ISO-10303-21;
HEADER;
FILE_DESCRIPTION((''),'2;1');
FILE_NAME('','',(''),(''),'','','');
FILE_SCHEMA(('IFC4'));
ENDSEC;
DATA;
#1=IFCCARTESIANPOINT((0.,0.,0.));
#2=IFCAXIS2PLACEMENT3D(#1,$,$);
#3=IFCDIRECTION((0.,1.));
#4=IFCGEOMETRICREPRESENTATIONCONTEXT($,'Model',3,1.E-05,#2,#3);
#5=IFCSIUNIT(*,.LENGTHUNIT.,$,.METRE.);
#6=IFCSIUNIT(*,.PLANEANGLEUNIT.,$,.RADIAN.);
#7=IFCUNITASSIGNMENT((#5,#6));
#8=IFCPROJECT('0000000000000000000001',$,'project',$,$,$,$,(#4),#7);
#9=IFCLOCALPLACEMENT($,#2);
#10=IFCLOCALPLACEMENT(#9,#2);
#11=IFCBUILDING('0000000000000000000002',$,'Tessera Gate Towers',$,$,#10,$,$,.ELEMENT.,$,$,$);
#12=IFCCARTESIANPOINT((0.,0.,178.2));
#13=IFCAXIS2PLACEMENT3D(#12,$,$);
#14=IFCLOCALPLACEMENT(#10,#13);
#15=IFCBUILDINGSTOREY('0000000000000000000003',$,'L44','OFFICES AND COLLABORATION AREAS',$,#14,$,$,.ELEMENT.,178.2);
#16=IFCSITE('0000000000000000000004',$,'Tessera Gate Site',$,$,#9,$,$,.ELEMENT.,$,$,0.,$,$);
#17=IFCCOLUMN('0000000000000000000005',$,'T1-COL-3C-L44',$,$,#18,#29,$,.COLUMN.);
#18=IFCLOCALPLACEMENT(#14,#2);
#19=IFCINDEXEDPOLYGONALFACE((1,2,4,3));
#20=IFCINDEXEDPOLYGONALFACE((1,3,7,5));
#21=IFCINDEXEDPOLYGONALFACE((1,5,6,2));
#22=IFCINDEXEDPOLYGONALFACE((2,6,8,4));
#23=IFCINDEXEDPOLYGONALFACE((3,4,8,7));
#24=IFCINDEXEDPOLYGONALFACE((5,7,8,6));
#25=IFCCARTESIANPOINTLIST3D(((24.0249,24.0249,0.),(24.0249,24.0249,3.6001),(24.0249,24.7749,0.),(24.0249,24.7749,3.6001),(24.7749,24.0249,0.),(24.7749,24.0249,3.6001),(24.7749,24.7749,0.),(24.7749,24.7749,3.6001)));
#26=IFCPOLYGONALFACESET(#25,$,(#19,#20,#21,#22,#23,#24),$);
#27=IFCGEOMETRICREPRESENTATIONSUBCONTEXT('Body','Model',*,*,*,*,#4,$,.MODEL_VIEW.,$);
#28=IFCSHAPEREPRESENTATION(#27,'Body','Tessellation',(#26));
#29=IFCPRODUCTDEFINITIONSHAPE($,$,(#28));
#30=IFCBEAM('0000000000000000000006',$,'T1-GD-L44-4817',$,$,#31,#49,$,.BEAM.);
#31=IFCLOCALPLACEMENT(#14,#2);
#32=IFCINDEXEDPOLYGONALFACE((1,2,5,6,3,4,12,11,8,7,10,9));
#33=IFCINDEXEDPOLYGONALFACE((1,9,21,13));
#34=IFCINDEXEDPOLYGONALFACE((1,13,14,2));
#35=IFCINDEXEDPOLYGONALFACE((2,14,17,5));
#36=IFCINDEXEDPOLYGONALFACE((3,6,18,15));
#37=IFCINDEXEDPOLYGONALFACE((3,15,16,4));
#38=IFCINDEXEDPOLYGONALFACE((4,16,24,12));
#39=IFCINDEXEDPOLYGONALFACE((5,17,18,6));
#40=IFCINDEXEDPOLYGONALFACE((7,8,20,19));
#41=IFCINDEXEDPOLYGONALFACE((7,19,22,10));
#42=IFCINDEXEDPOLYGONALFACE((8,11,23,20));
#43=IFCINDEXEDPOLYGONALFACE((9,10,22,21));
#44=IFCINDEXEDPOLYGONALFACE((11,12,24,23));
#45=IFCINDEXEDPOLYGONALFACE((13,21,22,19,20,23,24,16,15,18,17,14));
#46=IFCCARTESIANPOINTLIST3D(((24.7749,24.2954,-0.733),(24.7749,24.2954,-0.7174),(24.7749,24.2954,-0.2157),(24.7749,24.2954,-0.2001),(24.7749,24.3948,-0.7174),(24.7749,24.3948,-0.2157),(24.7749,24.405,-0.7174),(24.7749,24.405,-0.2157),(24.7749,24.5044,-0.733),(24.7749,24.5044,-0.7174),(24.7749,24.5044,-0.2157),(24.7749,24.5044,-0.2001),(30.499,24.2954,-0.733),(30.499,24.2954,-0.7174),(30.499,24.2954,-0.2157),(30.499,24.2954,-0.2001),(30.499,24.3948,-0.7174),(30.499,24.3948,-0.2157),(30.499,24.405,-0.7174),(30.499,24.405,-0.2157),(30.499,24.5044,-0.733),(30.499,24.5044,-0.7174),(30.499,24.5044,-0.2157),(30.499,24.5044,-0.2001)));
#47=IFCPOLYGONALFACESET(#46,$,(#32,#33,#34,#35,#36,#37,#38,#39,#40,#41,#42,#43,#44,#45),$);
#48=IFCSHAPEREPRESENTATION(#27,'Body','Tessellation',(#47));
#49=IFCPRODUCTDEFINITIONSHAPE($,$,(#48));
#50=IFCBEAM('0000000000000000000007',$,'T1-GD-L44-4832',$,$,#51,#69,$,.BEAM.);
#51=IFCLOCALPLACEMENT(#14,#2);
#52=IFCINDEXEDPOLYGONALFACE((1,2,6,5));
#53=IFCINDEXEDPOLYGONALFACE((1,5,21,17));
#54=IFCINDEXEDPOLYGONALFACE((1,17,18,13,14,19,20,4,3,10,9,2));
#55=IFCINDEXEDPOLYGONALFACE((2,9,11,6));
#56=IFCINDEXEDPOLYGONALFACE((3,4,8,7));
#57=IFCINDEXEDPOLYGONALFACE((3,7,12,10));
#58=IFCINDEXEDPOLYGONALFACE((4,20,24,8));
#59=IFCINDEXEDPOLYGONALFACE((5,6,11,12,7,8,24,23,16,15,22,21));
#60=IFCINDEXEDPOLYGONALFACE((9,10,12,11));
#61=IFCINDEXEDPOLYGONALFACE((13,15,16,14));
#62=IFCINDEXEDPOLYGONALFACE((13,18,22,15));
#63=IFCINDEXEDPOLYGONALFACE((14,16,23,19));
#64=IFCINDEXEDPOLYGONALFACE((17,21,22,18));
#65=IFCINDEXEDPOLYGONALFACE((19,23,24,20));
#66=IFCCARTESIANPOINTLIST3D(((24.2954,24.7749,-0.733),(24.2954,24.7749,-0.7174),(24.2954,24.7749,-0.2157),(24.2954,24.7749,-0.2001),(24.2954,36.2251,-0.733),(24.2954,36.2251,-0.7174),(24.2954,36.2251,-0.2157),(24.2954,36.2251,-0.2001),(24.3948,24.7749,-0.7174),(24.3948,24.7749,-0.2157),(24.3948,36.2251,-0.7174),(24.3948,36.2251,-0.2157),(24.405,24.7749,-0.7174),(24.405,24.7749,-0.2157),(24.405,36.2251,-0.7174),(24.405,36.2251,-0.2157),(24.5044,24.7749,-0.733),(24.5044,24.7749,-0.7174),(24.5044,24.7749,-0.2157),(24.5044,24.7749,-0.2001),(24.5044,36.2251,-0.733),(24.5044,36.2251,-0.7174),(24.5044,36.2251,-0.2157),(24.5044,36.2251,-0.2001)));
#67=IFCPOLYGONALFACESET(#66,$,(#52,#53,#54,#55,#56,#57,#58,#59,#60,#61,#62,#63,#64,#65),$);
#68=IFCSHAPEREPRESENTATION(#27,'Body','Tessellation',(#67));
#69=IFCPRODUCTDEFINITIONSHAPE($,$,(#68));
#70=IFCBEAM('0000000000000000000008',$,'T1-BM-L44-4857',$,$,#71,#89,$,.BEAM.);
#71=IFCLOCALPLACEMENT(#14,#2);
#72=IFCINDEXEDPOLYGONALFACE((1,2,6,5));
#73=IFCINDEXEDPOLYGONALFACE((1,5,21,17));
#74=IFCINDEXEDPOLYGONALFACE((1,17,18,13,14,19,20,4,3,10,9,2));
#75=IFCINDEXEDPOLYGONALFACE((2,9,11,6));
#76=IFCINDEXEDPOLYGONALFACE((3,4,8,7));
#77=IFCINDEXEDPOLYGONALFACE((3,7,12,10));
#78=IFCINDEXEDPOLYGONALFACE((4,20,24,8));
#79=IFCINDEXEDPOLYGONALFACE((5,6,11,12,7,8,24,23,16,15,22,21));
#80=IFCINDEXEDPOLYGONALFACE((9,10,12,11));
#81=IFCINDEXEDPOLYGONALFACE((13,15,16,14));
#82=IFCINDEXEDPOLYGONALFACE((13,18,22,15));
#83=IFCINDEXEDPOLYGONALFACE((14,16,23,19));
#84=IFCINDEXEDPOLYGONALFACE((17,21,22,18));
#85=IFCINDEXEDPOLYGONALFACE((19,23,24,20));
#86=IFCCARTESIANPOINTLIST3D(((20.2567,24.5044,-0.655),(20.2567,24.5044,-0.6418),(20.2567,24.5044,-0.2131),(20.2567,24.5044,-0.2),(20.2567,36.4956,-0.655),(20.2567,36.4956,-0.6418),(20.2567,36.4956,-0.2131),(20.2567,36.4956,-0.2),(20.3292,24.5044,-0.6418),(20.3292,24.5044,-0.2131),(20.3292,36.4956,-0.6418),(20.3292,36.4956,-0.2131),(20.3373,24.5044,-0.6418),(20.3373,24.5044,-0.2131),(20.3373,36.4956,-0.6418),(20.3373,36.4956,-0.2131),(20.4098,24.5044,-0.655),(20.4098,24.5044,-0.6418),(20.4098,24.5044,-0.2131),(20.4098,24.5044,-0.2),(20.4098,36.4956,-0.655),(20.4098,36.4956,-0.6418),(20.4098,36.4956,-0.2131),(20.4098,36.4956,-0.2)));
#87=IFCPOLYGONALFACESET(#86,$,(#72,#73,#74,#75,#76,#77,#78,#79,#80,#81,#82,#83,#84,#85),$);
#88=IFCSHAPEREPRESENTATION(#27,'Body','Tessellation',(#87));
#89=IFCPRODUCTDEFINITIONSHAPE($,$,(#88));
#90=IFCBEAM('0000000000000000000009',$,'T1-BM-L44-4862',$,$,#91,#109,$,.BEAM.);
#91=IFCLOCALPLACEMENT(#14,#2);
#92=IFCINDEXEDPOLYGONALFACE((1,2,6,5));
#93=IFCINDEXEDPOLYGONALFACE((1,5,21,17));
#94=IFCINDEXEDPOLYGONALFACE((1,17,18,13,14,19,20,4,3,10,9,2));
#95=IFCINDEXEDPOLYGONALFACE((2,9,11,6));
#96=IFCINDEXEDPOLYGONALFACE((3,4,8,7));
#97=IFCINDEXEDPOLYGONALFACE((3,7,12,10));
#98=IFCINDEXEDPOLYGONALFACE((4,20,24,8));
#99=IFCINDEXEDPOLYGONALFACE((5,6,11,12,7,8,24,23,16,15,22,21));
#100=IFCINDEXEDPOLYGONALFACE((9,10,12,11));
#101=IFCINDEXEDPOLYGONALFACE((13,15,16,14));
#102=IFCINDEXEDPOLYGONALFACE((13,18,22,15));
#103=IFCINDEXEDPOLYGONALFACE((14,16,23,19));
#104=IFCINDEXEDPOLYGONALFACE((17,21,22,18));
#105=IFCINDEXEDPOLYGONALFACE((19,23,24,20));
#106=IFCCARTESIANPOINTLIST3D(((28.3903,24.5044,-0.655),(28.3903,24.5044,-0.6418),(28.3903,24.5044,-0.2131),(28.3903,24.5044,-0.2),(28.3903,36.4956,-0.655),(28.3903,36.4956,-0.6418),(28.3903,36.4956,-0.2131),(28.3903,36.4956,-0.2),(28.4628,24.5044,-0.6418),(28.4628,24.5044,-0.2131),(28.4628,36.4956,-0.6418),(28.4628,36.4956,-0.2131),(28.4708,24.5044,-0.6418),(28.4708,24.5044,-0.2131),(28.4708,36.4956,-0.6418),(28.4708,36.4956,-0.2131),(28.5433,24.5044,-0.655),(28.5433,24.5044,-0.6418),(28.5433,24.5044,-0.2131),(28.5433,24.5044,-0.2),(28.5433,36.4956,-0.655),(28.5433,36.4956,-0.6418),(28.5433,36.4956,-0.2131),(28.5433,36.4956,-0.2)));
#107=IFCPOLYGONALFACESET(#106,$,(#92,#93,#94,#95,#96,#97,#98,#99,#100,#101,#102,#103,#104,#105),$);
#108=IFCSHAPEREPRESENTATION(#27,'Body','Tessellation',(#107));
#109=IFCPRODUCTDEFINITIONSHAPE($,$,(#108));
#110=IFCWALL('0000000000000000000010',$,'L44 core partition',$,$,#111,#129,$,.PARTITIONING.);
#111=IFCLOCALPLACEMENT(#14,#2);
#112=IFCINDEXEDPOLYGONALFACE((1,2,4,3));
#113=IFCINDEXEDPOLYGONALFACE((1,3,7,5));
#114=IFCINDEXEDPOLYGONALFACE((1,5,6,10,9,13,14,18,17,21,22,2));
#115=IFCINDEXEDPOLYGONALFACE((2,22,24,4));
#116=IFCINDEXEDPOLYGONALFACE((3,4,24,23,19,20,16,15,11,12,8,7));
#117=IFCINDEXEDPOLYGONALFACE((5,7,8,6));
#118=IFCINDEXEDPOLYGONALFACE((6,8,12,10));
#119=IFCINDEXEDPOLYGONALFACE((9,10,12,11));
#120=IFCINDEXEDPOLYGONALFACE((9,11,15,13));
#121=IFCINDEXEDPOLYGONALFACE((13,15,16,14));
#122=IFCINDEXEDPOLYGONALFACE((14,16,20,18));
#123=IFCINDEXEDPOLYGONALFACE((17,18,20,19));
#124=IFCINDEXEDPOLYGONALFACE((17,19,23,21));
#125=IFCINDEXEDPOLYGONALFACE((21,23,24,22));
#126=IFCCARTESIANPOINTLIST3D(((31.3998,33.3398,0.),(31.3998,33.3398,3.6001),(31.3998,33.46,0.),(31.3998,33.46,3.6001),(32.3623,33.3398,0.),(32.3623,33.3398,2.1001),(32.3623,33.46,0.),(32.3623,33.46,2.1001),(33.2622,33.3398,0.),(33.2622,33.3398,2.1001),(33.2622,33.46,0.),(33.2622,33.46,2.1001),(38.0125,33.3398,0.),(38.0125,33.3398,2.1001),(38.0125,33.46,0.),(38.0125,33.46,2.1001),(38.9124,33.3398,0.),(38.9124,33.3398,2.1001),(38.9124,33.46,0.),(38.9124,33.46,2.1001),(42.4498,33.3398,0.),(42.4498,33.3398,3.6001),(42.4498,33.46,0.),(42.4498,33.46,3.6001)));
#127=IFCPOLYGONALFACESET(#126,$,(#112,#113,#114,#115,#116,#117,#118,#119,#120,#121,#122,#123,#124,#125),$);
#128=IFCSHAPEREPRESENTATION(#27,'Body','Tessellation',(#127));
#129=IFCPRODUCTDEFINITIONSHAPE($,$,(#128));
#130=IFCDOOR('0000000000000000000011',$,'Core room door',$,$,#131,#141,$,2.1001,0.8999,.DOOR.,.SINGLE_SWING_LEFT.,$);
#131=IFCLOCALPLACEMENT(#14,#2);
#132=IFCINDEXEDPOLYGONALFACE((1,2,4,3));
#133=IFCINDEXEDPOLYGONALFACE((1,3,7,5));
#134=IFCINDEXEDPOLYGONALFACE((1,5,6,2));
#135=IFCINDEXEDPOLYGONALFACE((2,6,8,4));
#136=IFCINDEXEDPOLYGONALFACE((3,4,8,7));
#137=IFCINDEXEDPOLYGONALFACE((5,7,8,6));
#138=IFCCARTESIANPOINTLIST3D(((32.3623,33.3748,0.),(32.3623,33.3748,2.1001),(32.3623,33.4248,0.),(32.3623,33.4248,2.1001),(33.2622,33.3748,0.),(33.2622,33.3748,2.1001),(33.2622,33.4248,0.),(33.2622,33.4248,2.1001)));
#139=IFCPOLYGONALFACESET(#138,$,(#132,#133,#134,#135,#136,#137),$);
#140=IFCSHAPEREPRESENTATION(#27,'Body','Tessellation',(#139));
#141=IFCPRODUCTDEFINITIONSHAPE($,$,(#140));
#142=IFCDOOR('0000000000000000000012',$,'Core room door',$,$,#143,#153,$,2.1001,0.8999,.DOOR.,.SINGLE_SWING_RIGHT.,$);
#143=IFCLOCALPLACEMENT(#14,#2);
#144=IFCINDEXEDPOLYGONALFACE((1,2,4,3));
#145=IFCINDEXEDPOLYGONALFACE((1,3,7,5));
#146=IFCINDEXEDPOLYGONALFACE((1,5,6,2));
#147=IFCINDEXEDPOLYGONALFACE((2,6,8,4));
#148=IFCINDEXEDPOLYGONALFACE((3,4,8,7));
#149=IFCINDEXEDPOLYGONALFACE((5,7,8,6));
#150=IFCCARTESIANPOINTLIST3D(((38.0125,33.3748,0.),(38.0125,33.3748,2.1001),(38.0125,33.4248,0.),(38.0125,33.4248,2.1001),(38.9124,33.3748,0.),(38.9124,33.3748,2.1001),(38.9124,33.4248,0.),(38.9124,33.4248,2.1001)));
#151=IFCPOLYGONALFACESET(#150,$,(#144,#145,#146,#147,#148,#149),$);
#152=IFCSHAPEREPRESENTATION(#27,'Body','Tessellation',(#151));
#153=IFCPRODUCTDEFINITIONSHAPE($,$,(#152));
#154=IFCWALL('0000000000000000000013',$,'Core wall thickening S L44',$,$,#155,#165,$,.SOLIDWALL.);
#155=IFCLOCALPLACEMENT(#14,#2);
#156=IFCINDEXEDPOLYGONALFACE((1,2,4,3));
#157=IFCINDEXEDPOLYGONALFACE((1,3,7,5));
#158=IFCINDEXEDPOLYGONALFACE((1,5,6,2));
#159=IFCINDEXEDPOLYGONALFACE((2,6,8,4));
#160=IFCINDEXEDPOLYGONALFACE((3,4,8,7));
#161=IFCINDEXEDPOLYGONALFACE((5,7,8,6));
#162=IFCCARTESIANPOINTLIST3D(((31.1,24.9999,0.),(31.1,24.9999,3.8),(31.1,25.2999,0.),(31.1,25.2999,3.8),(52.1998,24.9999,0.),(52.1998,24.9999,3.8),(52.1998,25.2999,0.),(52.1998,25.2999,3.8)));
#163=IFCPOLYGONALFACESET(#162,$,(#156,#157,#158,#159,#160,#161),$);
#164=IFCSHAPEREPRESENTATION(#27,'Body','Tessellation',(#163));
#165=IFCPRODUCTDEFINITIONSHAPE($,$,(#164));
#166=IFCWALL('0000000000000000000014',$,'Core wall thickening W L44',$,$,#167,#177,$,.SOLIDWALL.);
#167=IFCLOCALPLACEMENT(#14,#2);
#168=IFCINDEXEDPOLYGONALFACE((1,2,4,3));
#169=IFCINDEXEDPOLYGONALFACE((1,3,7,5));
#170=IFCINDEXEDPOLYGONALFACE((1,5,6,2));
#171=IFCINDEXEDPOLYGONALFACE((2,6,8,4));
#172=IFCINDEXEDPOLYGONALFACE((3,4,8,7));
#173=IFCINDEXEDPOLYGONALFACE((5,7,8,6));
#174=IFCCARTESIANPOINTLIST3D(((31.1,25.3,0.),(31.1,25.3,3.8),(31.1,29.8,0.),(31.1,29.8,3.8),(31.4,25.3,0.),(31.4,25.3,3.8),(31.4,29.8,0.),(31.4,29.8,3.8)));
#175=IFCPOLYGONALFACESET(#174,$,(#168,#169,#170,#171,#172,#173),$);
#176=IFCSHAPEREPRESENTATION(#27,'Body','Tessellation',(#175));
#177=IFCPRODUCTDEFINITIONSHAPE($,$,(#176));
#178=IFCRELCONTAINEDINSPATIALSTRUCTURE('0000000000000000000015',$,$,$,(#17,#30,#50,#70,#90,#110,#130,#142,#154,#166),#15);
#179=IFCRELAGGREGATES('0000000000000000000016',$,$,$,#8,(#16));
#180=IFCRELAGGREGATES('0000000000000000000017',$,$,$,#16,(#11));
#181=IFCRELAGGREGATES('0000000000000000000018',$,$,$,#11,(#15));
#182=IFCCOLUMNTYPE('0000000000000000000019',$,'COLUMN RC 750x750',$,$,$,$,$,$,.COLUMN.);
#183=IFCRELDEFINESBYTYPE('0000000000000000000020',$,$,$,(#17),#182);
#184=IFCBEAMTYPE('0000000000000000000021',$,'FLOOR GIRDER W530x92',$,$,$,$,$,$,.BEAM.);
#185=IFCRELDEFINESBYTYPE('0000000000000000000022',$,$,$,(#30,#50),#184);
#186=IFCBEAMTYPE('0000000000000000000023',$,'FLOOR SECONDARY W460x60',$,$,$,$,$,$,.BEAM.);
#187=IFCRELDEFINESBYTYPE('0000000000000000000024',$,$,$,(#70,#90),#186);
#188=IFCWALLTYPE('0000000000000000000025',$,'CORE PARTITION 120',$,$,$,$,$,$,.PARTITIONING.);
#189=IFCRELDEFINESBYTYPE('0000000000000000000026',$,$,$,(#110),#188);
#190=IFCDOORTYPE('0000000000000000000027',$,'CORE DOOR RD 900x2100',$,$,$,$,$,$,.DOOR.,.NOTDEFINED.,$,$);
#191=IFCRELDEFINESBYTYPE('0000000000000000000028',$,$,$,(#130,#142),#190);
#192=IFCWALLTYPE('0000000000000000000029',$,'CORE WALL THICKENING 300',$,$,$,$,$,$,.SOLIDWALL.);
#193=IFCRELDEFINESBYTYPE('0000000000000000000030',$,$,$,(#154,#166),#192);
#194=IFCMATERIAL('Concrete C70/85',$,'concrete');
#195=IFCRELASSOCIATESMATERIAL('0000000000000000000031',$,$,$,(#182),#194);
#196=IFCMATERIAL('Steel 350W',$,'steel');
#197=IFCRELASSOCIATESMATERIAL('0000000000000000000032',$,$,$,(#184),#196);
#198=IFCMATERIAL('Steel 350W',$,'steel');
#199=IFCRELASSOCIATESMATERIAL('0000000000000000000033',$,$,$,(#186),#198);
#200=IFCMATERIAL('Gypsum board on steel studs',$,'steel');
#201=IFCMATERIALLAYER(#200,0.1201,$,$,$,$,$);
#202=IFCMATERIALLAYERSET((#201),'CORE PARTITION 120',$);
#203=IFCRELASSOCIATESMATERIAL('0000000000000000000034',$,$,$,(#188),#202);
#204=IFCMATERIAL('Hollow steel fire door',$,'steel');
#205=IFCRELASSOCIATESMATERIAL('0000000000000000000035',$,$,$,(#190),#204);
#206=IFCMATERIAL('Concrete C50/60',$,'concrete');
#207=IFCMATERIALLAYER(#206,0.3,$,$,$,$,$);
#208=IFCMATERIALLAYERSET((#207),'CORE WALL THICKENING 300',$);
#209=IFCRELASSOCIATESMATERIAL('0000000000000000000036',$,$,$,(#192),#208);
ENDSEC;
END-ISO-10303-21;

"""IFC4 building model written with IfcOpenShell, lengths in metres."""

from ifc_helpers import new_model, si_unit, direction, frame, frame_2d, origin, origin_2d, place, context, subcontext, project, spatial, rectangle, i_section, extrude, source, transform, mapped, material, layer, layer_set, material_profile, profile_set, type_object, element, fill, save


model = new_model("IFC4")

# Units and contexts
model_context = context("Model", 3, precision=1e-05, world=origin(), true_north=direction((0.0, 1.0)))
body_context = subcontext(model_context, "Body", "Model", "MODEL_VIEW")
ifc_project = project(units=[si_unit("LENGTHUNIT", "METRE"), si_unit("PLANEANGLEUNIT", "RADIAN")], contexts=[model_context])

# Site, building, storey
site_placement = place(None, origin())
site = spatial("IfcSite", under=ifc_project, at=site_placement, Name="Tessera Gate Site", CompositionType="ELEMENT", RefElevation=0.0)
building_placement = place(site_placement, origin())
building = spatial("IfcBuilding", under=site, at=building_placement, Name="Tessera Gate Towers", CompositionType="ELEMENT")
storey_placement = place(building_placement, frame((0.0, 0.0, 178.2)))
storey = spatial("IfcBuildingStorey", under=building, at=storey_placement, Name="L44", Description="OFFICES AND COLLABORATION AREAS", CompositionType="ELEMENT", Elevation=178.2)

# Column
ifc_material_1 = material(Name="Concrete C70/85", Category="concrete")
ifc_material_profile_1 = material_profile(ifc_material_1, rectangle(XDim=0.75, YDim=0.75, at=origin_2d()), Name="RC 750x750")
ifc_profile_set_1 = profile_set([ifc_material_profile_1], Name="Concrete C70/85")
column_type = type_object("IfcColumnType", Name="COLUMN RC 750x750", PredefinedType="COLUMN", material=ifc_profile_set_1)
column_placement = place(storey_placement, frame((24.3999, 24.3999, 0.0), z_axis=(0.0, 0.0, 1.0), x_axis=(1.0, 0.0, 0.0)))
element("IfcColumn", 1, at=column_placement, inside=storey, type_object=column_type, Name="T1-COL-3C-L44", PredefinedType="COLUMN", context=body_context, shape_type="SweptSolid", body=[
    extrude(rectangle(XDim=0.75, YDim=0.75, at=origin_2d()), origin(), (0.0, 0.0, 1.0), 3.6001),
])

# Beams
ifc_material_2 = material(Name="Steel 350W", Category="steel")
ifc_material_profile_2 = material_profile(ifc_material_2, i_section(OverallWidth=0.209, OverallDepth=0.533, WebThickness=0.0103, FlangeThickness=0.0156, at=origin_2d()), Name="W530x92")
ifc_profile_set_2 = profile_set([ifc_material_profile_2], Name="Steel 350W")
beam_type_1 = type_object("IfcBeamType", Name="FLOOR GIRDER W530x92", PredefinedType="BEAM", material=ifc_profile_set_2)
beam_1_placement = place(storey_placement, frame((24.7749, 24.3999, -0.4666), z_axis=(1.0, 0.0, 0.0), x_axis=(0.0, 1.0, 0.0)))
element("IfcBeam", 2, at=beam_1_placement, inside=storey, type_object=beam_type_1, Name="T1-GD-L44-4817", PredefinedType="BEAM", context=body_context, shape_type="SweptSolid", body=[
    extrude(i_section(OverallWidth=0.209, OverallDepth=0.533, WebThickness=0.0103, FlangeThickness=0.0156, at=origin_2d()), origin(), (0.0, 0.0, 1.0), 5.7241),
])
beam_2_placement = place(storey_placement, frame((24.3999, 24.7749, -0.4666), z_axis=(0.0, 1.0, 0.0), x_axis=(-1.0, 0.0, 0.0)))
element("IfcBeam", 3, at=beam_2_placement, inside=storey, type_object=beam_type_1, Name="T1-GD-L44-4832", PredefinedType="BEAM", context=body_context, shape_type="SweptSolid", body=[
    extrude(i_section(OverallWidth=0.209, OverallDepth=0.533, WebThickness=0.0103, FlangeThickness=0.0156, at=origin_2d()), origin(), (0.0, 0.0, 1.0), 11.4502),
])
ifc_material_3 = material(Name="Steel 350W", Category="steel")
ifc_material_profile_3 = material_profile(ifc_material_3, i_section(OverallWidth=0.1531, OverallDepth=0.4551, WebThickness=0.0081, FlangeThickness=0.0132, at=origin_2d()), Name="W460x60")
ifc_profile_set_3 = profile_set([ifc_material_profile_3], Name="Steel 350W")
beam_type_2 = type_object("IfcBeamType", Name="FLOOR SECONDARY W460x60", PredefinedType="BEAM", material=ifc_profile_set_3)
for number, where, z_axis, x_axis, name in (
    (4, (20.3333, 24.5044, -0.4275), (0.0, 1.0, 0.0), (-1.0, 0.0, 0.0), "T1-BM-L44-4857"),
    (5, (28.4668, 24.5044, -0.4275), (0.0, 1.0, 0.0), (-1.0, 0.0, 0.0), "T1-BM-L44-4862"),
):
    element("IfcBeam", number, at=place(storey_placement, frame(where, z_axis=z_axis, x_axis=x_axis)), inside=storey, type_object=beam_type_2, Name=name, PredefinedType="BEAM", context=body_context, shape_type="SweptSolid", body=[
        extrude(i_section(OverallWidth=0.1531, OverallDepth=0.4551, WebThickness=0.0081, FlangeThickness=0.0132, at=origin_2d()), origin(), (0.0, 0.0, 1.0), 11.9912),
    ])

# Wall, openings, doors
ifc_material_4 = material(Name="Gypsum board on steel studs", Category="steel")
ifc_layer_1 = layer(ifc_material_4, 0.1201)
ifc_layer_set_1 = layer_set([ifc_layer_1], Name="CORE PARTITION 120")
wall_type_1 = type_object("IfcWallType", Name="CORE PARTITION 120", PredefinedType="PARTITIONING", material=ifc_layer_set_1)
wall_1_placement = place(storey_placement, frame((31.3999, 33.3999, 0.0), z_axis=(0.0, 0.0, 1.0), x_axis=(1.0, 0.0, 0.0)))
wall_1 = element("IfcWall", 6, at=wall_1_placement, inside=storey, type_object=wall_type_1, Name="L44 core partition", PredefinedType="PARTITIONING", context=body_context, shape_type="SweptSolid", body=[
    extrude(rectangle(XDim=11.05, YDim=0.1201, at=frame_2d((5.5249, 0.0))), origin(), (0.0, 0.0, 1.0), 3.6001),
])
shared_shape_1 = source(origin(), body_context, "Body", "SweptSolid", [
    extrude(rectangle(XDim=0.8999, YDim=2.1001, at=frame_2d((0.45, 1.05))), frame((0.0, 0.0701, 0.0), z_axis=(0.0, -1.0, 0.0), x_axis=(1.0, 0.0, 0.0)), (0.0, 0.0, 1.0), 0.1401),
])
opening_1_placement = place(wall_1_placement, frame((0.9624, 0.0, 0.0)))
opening_1 = element("IfcOpeningElement", 7, at=opening_1_placement, cuts=wall_1, PredefinedType="OPENING", context=body_context, shape_type="MappedRepresentation", body=[
    mapped(shared_shape_1, transform((0.0, 0.0, 0.0), scale=1.0)),
])
opening_2_placement = place(wall_1_placement, frame((6.6125, 0.0, 0.0)))
opening_2 = element("IfcOpeningElement", 8, at=opening_2_placement, cuts=wall_1, PredefinedType="OPENING", context=body_context, shape_type="MappedRepresentation", body=[
    mapped(shared_shape_1, transform((0.0, 0.0, 0.0), scale=1.0)),
])
ifc_material_5 = material(Name="Hollow steel fire door", Category="steel")
door_type_1 = type_object("IfcDoorType", Name="CORE DOOR RD 900x2100", OperationType="NOTDEFINED", PredefinedType="DOOR", material=ifc_material_5)
shared_shape_2 = source(origin(), body_context, "Body", "SweptSolid", [
    extrude(rectangle(XDim=0.8999, YDim=2.1001, at=frame_2d((0.45, 1.05))), frame((0.0, 0.0249, 0.0), z_axis=(0.0, -1.0, 0.0), x_axis=(1.0, 0.0, 0.0)), (0.0, 0.0, 1.0), 0.05),
])
door_1_placement = place(opening_1_placement, origin())
door_1 = element("IfcDoor", 9, at=door_1_placement, inside=storey, type_object=door_type_1, Name="Core room door", OperationType="SINGLE_SWING_LEFT", OverallHeight=2.1001, OverallWidth=0.8999, PredefinedType="DOOR", context=body_context, shape_type="MappedRepresentation", body=[
    mapped(shared_shape_2, transform((0.0, 0.0, 0.0), scale=1.0)),
])
fill(opening_1, door_1)
door_2_placement = place(opening_2_placement, origin())
door_2 = element("IfcDoor", 10, at=door_2_placement, inside=storey, type_object=door_type_1, Name="Core room door", OperationType="SINGLE_SWING_RIGHT", OverallHeight=2.1001, OverallWidth=0.8999, PredefinedType="DOOR", context=body_context, shape_type="MappedRepresentation", body=[
    mapped(shared_shape_2, transform((0.0, 0.0, 0.0), scale=1.0)),
])
fill(opening_2, door_2)

# Walls
ifc_material_6 = material(Name="Concrete C50/60", Category="concrete")
ifc_layer_2 = layer(ifc_material_6, 0.3)
ifc_layer_set_2 = layer_set([ifc_layer_2], Name="CORE WALL THICKENING 300")
wall_type_2 = type_object("IfcWallType", Name="CORE WALL THICKENING 300", PredefinedType="SOLIDWALL", material=ifc_layer_set_2)
wall_2_placement = place(storey_placement, frame((31.1001, 25.1499, 0.0), z_axis=(0.0, 0.0, 1.0), x_axis=(1.0, 0.0, 0.0)))
element("IfcWall", 11, at=wall_2_placement, inside=storey, type_object=wall_type_2, Name="Core wall thickening S L44", PredefinedType="SOLIDWALL", context=body_context, shape_type="SweptSolid", body=[
    extrude(rectangle(XDim=21.0999, YDim=0.3, at=frame_2d((10.5498, 0.0))), origin(), (0.0, 0.0, 1.0), 3.8),
])
wall_3_placement = place(storey_placement, frame((31.25, 25.3, 0.0), z_axis=(0.0, 0.0, 1.0), x_axis=(0.0, 1.0, 0.0)))
element("IfcWall", 12, at=wall_3_placement, inside=storey, type_object=wall_type_2, Name="Core wall thickening W L44", PredefinedType="SOLIDWALL", context=body_context, shape_type="SweptSolid", body=[
    extrude(rectangle(XDim=4.5, YDim=0.3, at=frame_2d((2.25, 0.0))), origin(), (0.0, 0.0, 1.0), 3.8),
])

save(model, "model.ifc")
